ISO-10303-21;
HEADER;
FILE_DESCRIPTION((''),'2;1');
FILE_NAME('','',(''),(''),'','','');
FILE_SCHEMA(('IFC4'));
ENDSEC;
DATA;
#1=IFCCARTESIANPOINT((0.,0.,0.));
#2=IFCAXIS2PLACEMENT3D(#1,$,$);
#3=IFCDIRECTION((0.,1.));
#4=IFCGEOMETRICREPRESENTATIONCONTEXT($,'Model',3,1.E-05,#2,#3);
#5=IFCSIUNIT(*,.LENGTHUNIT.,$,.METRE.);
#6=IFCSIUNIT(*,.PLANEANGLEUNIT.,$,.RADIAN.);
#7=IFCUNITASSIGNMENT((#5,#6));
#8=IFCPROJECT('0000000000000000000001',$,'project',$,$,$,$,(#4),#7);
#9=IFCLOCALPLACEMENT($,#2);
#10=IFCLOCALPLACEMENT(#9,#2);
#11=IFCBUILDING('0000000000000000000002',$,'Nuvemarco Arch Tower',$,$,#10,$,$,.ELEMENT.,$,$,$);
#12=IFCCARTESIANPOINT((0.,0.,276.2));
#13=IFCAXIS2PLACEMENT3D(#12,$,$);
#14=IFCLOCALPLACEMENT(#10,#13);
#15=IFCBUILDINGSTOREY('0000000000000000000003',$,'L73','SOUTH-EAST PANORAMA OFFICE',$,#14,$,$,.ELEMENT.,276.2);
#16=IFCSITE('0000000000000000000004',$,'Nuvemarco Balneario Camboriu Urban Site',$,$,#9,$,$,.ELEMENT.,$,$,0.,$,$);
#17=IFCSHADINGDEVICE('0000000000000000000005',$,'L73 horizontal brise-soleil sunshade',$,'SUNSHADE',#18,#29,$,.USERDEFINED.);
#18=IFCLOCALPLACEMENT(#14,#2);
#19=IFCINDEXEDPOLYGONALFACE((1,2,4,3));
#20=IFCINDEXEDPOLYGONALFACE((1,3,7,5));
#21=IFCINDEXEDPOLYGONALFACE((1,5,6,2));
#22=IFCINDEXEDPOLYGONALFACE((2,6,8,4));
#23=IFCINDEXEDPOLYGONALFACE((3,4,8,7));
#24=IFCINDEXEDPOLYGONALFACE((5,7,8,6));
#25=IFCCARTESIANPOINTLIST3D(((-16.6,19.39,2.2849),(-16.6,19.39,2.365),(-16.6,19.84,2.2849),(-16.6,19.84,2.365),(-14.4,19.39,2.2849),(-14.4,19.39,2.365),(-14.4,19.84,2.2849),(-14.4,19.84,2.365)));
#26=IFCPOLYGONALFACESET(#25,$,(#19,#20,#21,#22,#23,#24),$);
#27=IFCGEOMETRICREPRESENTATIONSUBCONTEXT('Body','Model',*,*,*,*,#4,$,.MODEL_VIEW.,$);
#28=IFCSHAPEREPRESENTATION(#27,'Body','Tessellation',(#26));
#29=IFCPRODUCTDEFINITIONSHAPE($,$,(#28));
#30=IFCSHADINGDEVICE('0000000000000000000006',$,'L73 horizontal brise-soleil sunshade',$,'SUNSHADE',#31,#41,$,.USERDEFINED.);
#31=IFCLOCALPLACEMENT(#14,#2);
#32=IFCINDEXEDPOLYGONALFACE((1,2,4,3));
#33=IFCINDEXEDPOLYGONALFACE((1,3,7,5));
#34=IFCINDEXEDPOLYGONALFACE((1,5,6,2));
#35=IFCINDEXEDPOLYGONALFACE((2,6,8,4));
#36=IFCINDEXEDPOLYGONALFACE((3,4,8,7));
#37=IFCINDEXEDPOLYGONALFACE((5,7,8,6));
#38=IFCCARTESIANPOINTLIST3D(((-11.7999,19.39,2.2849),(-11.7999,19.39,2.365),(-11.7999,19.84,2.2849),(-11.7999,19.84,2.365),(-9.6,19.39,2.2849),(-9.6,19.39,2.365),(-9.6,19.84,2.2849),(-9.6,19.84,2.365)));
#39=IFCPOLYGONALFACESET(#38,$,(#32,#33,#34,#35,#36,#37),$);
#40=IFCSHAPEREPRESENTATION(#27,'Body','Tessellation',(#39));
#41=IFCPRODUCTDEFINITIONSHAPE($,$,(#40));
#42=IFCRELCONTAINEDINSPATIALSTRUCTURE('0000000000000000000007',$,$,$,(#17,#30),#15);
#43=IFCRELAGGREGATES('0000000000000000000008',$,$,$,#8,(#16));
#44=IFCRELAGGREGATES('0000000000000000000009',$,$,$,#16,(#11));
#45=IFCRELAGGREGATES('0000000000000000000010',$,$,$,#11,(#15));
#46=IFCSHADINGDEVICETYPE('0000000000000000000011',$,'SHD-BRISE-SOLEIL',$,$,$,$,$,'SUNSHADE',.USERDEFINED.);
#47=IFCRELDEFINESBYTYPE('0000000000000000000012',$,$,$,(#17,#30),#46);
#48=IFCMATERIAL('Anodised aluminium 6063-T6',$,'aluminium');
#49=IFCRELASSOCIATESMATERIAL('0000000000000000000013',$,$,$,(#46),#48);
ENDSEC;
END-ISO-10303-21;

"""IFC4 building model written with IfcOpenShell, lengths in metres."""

from ifc_helpers import new_model, si_unit, direction, frame, origin, origin_2d, place, context, subcontext, project, spatial, rectangle, extrude, source, transform, mapped, material, type_object, type_shapes, element, save


model = new_model("IFC4")

# Units and contexts
model_context = context("Model", 3, precision=1e-05, world=origin(), true_north=direction((0.0, 1.0)))
body_context = subcontext(model_context, "Body", "Model", "MODEL_VIEW")
ifc_project = project(units=[si_unit("LENGTHUNIT", "METRE"), si_unit("PLANEANGLEUNIT", "RADIAN")], contexts=[model_context])

# Site, building, storey
site_placement = place(None, origin())
site = spatial("IfcSite", under=ifc_project, at=site_placement, Name="Nuvemarco Balneario Camboriu Urban Site", CompositionType="ELEMENT", RefElevation=0.0)
building_placement = place(site_placement, origin())
building = spatial("IfcBuilding", under=site, at=building_placement, Name="Nuvemarco Arch Tower", CompositionType="ELEMENT")
storey_placement = place(building_placement, frame((0.0, 0.0, 276.2)))
storey = spatial("IfcBuildingStorey", under=building, at=storey_placement, Name="L73", Description="SOUTH-EAST PANORAMA OFFICE", CompositionType="ELEMENT", Elevation=276.2)

# Shading devices
ifc_material_1 = material(Name="Anodised aluminium 6063-T6", Category="aluminium")
shading_device_type = type_object("IfcShadingDeviceType", Name="SHD-BRISE-SOLEIL", ElementType="SUNSHADE", PredefinedType="USERDEFINED", material=ifc_material_1)
shared_shape_1 = source(origin(), body_context, "Body", "SweptSolid", [
    extrude(rectangle(XDim=2.2, YDim=0.45, at=origin_2d()), origin(), (0.0, 0.0, 1.0), 0.0801),
])
type_shapes(shading_device_type, [shared_shape_1])
for number, where, z_axis, x_axis, name in (
    (1, (-15.5, 19.615, 2.2849), (0.0, 0.0, 1.0), (1.0, 0.0, 0.0), "L73 horizontal brise-soleil sunshade"),
    (2, (-10.7, 19.615, 2.2849), (0.0, 0.0, 1.0), (1.0, 0.0, 0.0), "L73 horizontal brise-soleil sunshade"),
):
    element("IfcShadingDevice", number, at=place(storey_placement, frame(where, z_axis=z_axis, x_axis=x_axis)), inside=storey, type_object=shading_device_type, Name=name, ObjectType="SUNSHADE", PredefinedType="USERDEFINED", context=body_context, shape_type="MappedRepresentation", body=[
        mapped(shared_shape_1, transform((0.0, 0.0, 0.0), scale=1.0)),
    ])

save(model, "model.ifc")
